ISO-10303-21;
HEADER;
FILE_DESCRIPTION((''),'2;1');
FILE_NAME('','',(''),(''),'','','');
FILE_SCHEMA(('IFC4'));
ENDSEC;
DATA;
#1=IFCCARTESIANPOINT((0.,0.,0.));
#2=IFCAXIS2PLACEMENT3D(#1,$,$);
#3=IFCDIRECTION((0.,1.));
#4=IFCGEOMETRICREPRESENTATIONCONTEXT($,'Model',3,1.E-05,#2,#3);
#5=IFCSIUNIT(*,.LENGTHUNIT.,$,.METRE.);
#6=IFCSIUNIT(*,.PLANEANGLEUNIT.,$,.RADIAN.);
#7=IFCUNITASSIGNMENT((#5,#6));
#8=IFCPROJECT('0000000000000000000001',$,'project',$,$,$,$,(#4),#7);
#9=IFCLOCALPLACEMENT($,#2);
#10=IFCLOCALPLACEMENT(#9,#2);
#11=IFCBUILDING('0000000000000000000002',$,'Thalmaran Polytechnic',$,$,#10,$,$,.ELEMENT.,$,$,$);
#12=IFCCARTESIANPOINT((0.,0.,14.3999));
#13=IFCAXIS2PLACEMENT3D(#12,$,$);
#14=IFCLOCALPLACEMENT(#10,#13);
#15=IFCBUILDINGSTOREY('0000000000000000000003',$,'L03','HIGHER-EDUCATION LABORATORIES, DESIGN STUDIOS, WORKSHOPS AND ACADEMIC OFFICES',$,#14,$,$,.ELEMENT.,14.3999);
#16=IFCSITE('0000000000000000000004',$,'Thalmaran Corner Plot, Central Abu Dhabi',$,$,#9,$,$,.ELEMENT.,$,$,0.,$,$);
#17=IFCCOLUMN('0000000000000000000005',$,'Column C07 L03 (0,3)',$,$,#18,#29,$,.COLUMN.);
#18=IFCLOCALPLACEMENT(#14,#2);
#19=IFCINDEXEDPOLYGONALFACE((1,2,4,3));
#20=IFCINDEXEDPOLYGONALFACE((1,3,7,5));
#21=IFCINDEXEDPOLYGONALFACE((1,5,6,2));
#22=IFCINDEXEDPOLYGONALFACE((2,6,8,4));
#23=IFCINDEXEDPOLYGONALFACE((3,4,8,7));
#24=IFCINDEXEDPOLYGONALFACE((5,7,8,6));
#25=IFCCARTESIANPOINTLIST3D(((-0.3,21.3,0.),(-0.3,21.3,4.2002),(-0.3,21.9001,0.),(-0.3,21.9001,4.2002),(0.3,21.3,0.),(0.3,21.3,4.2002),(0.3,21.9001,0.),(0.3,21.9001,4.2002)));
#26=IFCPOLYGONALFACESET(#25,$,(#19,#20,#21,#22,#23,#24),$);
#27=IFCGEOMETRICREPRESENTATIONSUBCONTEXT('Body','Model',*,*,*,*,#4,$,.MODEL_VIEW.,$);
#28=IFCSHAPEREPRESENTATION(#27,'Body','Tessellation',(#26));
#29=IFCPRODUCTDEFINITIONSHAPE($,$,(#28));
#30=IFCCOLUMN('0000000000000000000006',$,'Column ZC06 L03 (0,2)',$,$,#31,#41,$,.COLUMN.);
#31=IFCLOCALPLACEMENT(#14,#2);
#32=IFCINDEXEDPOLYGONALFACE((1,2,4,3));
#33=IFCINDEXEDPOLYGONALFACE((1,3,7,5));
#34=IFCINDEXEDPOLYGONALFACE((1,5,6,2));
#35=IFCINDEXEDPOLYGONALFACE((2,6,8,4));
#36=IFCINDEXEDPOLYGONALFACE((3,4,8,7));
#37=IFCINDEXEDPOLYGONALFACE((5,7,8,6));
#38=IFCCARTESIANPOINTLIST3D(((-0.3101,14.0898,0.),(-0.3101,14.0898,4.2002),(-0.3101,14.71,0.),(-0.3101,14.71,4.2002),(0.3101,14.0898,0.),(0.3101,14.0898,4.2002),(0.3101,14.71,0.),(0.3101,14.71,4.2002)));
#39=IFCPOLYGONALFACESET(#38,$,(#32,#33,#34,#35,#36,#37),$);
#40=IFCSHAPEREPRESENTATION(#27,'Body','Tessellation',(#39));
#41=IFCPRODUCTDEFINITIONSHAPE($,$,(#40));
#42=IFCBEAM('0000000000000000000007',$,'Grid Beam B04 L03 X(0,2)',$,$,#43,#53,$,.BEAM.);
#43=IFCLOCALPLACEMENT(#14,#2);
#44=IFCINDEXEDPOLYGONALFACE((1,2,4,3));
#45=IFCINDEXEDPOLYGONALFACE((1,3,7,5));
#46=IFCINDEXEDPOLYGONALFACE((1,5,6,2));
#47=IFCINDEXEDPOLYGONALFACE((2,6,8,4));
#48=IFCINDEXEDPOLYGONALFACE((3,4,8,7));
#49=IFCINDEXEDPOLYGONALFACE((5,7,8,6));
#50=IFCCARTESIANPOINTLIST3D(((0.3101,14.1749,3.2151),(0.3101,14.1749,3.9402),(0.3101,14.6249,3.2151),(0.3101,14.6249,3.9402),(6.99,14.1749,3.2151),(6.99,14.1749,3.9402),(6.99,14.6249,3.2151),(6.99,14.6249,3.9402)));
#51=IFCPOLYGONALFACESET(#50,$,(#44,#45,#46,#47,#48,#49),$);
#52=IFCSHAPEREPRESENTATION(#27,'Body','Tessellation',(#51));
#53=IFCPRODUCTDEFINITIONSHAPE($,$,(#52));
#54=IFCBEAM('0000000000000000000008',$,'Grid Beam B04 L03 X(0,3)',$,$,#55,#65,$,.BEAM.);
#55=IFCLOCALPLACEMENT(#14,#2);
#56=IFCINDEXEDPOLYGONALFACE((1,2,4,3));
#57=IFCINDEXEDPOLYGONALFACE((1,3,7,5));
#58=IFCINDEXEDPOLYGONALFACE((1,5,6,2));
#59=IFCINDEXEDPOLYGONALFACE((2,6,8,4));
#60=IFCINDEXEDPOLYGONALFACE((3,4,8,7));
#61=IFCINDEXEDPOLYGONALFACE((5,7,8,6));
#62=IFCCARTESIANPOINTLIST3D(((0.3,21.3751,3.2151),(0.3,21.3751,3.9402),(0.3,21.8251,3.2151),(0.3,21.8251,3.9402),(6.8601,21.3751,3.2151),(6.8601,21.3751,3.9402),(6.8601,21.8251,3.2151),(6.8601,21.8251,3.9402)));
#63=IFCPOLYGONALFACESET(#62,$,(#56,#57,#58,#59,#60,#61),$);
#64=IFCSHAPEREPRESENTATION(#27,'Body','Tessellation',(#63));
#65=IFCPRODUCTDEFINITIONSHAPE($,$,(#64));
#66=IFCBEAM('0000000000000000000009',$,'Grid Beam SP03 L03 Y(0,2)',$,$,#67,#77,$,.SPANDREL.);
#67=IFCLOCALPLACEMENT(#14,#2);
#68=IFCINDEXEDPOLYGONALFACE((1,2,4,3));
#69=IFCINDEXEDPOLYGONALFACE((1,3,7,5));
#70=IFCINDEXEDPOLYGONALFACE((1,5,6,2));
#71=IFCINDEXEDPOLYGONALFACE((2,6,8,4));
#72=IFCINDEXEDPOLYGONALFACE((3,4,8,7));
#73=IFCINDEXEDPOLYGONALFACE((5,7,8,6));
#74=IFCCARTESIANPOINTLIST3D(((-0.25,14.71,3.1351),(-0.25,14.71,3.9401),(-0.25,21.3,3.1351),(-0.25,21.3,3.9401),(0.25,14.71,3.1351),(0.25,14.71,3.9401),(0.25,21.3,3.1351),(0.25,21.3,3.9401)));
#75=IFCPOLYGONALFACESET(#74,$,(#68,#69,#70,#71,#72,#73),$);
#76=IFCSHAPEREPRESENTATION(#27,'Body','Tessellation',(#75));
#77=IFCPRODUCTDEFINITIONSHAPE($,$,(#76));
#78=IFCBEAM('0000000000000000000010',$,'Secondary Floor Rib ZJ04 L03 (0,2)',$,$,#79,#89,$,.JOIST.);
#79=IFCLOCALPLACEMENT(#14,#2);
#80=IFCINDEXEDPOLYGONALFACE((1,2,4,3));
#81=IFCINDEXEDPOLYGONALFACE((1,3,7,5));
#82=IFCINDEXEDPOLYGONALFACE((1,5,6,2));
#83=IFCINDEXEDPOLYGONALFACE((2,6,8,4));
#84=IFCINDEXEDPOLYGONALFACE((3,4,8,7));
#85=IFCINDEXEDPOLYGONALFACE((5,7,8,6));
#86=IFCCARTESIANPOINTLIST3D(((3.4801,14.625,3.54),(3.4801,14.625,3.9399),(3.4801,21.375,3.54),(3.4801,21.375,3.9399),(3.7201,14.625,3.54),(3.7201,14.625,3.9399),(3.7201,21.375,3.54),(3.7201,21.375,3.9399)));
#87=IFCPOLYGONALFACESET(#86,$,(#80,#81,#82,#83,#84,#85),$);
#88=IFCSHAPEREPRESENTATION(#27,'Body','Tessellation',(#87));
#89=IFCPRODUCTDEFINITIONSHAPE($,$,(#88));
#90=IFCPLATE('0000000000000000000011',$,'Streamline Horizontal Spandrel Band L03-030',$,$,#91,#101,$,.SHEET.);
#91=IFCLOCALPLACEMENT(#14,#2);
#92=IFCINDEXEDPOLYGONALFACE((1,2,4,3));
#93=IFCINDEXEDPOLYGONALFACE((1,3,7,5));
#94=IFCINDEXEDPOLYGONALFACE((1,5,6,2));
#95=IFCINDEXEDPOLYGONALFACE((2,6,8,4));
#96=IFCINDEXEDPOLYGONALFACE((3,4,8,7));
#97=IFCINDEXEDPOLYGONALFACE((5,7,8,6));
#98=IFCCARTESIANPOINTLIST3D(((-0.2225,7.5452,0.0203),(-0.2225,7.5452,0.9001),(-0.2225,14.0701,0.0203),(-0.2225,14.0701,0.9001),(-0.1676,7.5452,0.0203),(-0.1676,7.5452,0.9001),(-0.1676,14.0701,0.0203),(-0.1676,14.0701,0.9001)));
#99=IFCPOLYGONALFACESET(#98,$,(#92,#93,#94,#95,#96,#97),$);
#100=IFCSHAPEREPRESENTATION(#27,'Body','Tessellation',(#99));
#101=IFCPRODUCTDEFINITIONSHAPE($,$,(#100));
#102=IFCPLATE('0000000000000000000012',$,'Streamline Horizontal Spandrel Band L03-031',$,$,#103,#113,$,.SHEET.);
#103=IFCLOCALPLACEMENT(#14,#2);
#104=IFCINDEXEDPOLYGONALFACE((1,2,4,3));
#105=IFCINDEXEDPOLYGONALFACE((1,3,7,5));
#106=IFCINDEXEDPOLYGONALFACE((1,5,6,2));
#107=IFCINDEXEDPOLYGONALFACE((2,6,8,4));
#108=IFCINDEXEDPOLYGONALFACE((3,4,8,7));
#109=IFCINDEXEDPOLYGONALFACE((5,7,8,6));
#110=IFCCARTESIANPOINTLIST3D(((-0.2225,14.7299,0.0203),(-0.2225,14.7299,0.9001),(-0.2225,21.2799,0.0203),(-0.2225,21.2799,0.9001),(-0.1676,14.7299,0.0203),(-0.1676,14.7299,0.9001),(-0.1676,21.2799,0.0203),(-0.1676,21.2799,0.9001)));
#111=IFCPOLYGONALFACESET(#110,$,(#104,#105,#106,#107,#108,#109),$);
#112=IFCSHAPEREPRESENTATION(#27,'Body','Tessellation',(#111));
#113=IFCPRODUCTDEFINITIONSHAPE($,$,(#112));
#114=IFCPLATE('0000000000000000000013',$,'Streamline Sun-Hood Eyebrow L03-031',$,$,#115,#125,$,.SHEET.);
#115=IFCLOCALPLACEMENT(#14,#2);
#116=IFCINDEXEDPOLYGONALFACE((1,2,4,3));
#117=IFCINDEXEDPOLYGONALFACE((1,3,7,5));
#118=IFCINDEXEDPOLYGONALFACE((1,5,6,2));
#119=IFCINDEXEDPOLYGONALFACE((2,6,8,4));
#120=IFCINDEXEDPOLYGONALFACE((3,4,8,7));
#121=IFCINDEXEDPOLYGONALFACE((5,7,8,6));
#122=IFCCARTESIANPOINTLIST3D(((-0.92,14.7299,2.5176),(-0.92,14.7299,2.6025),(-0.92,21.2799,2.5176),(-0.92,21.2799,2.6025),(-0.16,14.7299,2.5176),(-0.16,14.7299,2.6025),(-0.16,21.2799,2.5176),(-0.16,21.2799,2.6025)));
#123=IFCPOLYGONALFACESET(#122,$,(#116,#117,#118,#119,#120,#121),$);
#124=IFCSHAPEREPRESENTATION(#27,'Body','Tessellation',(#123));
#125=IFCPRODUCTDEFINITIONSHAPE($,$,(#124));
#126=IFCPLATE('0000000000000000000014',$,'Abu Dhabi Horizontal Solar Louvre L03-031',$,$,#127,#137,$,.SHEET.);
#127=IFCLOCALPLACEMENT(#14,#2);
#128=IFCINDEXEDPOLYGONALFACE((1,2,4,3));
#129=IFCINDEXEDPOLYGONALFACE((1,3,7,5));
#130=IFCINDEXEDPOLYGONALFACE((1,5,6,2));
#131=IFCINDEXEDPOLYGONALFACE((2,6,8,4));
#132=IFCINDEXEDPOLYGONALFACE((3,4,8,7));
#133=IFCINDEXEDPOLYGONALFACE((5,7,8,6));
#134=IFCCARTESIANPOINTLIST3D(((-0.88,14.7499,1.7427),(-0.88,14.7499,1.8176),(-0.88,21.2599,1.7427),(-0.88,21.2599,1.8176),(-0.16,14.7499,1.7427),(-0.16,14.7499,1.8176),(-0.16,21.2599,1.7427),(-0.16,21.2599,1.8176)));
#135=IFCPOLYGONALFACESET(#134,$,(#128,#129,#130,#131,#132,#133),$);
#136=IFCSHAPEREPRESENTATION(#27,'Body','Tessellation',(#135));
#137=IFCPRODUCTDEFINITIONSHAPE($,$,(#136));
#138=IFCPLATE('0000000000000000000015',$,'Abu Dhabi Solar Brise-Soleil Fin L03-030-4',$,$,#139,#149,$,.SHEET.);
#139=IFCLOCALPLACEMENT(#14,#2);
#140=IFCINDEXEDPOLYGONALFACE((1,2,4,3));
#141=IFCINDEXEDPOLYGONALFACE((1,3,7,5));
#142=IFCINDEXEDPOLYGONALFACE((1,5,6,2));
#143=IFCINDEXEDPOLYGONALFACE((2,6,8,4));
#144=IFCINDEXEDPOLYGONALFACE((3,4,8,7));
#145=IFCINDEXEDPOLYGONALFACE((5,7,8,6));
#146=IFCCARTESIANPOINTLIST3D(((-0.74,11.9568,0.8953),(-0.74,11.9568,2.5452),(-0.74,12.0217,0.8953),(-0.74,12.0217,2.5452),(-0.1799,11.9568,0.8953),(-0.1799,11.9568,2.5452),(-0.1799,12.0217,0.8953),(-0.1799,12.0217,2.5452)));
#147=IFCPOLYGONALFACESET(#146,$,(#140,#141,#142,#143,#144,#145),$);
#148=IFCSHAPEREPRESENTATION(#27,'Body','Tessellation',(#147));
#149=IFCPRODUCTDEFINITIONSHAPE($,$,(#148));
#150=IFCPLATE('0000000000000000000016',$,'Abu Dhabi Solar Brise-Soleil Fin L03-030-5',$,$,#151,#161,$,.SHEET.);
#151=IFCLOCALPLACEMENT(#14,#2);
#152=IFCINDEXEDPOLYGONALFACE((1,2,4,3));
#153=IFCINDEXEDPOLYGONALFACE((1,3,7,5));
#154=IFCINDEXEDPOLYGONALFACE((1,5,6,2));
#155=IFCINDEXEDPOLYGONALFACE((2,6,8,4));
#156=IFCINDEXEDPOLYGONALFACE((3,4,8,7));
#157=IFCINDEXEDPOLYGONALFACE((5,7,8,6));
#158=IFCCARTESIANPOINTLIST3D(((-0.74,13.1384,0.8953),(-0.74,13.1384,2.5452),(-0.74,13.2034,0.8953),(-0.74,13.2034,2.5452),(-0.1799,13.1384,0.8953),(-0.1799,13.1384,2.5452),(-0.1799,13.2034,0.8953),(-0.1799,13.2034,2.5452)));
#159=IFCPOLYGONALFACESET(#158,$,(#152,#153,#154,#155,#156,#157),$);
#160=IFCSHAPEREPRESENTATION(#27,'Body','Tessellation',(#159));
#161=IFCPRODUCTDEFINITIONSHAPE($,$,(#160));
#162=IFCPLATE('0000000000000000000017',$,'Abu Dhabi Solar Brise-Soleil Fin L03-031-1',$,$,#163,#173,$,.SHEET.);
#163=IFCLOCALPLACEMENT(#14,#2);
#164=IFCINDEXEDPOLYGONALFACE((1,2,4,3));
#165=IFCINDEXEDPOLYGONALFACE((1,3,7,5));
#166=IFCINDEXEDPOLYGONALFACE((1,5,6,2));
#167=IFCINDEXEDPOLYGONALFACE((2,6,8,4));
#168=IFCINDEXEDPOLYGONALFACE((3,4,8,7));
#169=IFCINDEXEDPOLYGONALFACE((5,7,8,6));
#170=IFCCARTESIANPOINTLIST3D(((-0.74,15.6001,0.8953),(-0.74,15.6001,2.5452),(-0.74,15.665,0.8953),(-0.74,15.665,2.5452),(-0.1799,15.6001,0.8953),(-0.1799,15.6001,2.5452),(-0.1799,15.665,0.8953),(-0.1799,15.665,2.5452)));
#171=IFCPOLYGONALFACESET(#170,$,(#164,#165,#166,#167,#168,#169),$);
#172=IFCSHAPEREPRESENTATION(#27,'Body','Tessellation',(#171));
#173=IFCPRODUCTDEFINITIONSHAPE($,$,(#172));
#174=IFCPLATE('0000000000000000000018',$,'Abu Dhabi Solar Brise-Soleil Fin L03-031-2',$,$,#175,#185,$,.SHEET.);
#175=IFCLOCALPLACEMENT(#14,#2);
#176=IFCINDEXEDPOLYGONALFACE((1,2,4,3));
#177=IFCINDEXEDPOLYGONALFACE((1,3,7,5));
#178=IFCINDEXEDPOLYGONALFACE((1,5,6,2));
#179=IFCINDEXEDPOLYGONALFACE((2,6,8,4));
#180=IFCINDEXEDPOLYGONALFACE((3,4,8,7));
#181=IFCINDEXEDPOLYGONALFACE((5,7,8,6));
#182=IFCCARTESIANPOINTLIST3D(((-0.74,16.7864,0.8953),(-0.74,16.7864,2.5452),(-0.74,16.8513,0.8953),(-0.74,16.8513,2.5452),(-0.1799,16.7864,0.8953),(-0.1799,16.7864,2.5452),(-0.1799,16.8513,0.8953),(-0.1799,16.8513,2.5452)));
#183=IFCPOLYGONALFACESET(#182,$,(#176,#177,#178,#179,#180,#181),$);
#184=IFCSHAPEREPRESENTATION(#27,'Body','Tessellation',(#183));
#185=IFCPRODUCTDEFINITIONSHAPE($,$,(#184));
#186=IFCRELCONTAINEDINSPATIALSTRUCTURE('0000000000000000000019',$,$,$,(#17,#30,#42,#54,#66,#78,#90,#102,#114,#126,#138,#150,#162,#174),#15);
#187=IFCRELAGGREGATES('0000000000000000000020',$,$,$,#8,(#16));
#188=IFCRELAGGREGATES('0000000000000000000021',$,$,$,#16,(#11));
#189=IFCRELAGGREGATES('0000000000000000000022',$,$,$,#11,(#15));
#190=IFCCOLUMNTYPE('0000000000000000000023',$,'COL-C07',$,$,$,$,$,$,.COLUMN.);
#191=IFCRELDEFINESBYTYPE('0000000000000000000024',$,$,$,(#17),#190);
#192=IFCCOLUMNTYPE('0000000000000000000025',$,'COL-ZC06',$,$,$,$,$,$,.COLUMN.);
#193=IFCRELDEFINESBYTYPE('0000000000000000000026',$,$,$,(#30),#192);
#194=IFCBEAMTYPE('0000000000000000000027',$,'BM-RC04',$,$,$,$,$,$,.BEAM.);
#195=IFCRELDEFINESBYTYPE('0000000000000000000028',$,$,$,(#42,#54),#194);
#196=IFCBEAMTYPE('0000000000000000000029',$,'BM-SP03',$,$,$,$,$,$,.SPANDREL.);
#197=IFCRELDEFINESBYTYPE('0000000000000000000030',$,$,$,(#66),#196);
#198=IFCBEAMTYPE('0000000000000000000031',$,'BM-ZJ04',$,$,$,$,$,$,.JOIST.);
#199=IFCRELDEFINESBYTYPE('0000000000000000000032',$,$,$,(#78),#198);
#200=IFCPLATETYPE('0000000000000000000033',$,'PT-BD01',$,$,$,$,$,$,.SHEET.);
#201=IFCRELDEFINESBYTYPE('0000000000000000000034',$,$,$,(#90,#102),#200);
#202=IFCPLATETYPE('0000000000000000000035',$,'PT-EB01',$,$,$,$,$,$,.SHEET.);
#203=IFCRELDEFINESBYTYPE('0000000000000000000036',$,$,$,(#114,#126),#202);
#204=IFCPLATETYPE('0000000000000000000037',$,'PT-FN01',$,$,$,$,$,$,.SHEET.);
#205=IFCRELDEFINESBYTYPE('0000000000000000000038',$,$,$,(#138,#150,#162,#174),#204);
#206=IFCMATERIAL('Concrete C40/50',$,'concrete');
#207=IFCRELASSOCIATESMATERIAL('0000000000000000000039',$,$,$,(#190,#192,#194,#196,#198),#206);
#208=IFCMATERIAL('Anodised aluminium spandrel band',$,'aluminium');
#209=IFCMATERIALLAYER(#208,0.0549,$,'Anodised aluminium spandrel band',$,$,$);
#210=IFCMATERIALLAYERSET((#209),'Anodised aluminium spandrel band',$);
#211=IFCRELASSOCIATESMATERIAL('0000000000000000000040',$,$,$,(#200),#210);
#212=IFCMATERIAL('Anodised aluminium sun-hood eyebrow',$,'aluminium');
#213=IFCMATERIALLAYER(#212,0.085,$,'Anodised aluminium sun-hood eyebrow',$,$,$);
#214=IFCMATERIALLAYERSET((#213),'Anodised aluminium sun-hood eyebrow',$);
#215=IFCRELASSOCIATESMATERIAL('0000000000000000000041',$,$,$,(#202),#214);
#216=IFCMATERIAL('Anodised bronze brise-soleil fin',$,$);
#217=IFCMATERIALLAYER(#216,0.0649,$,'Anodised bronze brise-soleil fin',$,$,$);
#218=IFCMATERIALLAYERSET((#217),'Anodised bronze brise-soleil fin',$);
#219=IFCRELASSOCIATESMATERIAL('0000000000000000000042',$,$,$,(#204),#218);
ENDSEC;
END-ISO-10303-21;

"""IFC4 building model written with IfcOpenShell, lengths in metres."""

from ifc_helpers import new_model, si_unit, direction, frame, origin, origin_2d, place, context, subcontext, project, spatial, rectangle, extrude, material, layer, layer_set, material_profile, profile_set, type_object, element, save


model = new_model("IFC4")

# Units and contexts
model_context = context("Model", 3, precision=1e-05, world=origin(), true_north=direction((0.0, 1.0)))
body_context = subcontext(model_context, "Body", "Model", "MODEL_VIEW")
ifc_project = project(units=[si_unit("LENGTHUNIT", "METRE"), si_unit("PLANEANGLEUNIT", "RADIAN")], contexts=[model_context])

# Site, building, storey
site_placement = place(None, origin())
site = spatial("IfcSite", under=ifc_project, at=site_placement, Name="Thalmaran Corner Plot, Central Abu Dhabi", CompositionType="ELEMENT", RefElevation=0.0)
building_placement = place(site_placement, origin())
building = spatial("IfcBuilding", under=site, at=building_placement, Name="Thalmaran Polytechnic", CompositionType="ELEMENT")
storey_placement = place(building_placement, frame((0.0, 0.0, 14.3999)))
storey = spatial("IfcBuildingStorey", under=building, at=storey_placement, Name="L03", Description="HIGHER-EDUCATION LABORATORIES, DESIGN STUDIOS, WORKSHOPS AND ACADEMIC OFFICES", CompositionType="ELEMENT", Elevation=14.3999)

# Columns
ifc_material_1 = material(Name="Concrete C40/50", Category="concrete")
ifc_material_profile_1 = material_profile(ifc_material_1, rectangle(XDim=0.6001, YDim=0.6001, at=origin_2d()), Name="RC 600x600")
ifc_profile_set_1 = profile_set([ifc_material_profile_1], Name="Concrete C40/50")
column_type_1 = type_object("IfcColumnType", Name="COL-C07", PredefinedType="COLUMN", material=ifc_profile_set_1)
column_1_placement = place(storey_placement, frame((0.0, 21.6001, 0.0), z_axis=(0.0, 0.0, 1.0), x_axis=(1.0, 0.0, 0.0)))
element("IfcColumn", 1, at=column_1_placement, inside=storey, type_object=column_type_1, Name="Column C07 L03 (0,3)", PredefinedType="COLUMN", context=body_context, shape_type="SweptSolid", body=[
    extrude(rectangle(XDim=0.6001, YDim=0.6001, at=origin_2d()), origin(), (0.0, 0.0, 1.0), 4.2002),
])
ifc_material_profile_2 = material_profile(ifc_material_1, rectangle(XDim=0.6201, YDim=0.6201, at=origin_2d()), Name="RC 620x620")
ifc_profile_set_2 = profile_set([ifc_material_profile_2], Name="Concrete C40/50")
column_type_2 = type_object("IfcColumnType", Name="COL-ZC06", PredefinedType="COLUMN", material=ifc_profile_set_2)
column_2_placement = place(storey_placement, frame((0.0, 14.3999, 0.0), z_axis=(0.0, 0.0, 1.0), x_axis=(1.0, 0.0, 0.0)))
element("IfcColumn", 2, at=column_2_placement, inside=storey, type_object=column_type_2, Name="Column ZC06 L03 (0,2)", PredefinedType="COLUMN", context=body_context, shape_type="SweptSolid", body=[
    extrude(rectangle(XDim=0.6201, YDim=0.6201, at=origin_2d()), origin(), (0.0, 0.0, 1.0), 4.2002),
])

# Beams
ifc_material_profile_3 = material_profile(ifc_material_1, rectangle(XDim=0.45, YDim=0.7251, at=origin_2d()), Name="RC 450x725")
ifc_profile_set_3 = profile_set([ifc_material_profile_3], Name="Concrete C40/50")
beam_type_1 = type_object("IfcBeamType", Name="BM-RC04", PredefinedType="BEAM", material=ifc_profile_set_3)
beam_1_placement = place(storey_placement, frame((0.3101, 14.3999, 3.5776), z_axis=(1.0, 0.0, 0.0), x_axis=(0.0, 1.0, 0.0)))
element("IfcBeam", 3, at=beam_1_placement, inside=storey, type_object=beam_type_1, Name="Grid Beam B04 L03 X(0,2)", PredefinedType="BEAM", context=body_context, shape_type="SweptSolid", body=[
    extrude(rectangle(XDim=0.45, YDim=0.7251, at=origin_2d()), origin(), (0.0, 0.0, 1.0), 6.6799),
])
beam_2_placement = place(storey_placement, frame((0.3, 21.6001, 3.5776), z_axis=(1.0, 0.0, 0.0), x_axis=(0.0, 1.0, 0.0)))
element("IfcBeam", 4, at=beam_2_placement, inside=storey, type_object=beam_type_1, Name="Grid Beam B04 L03 X(0,3)", PredefinedType="BEAM", context=body_context, shape_type="SweptSolid", body=[
    extrude(rectangle(XDim=0.45, YDim=0.7251, at=origin_2d()), origin(), (0.0, 0.0, 1.0), 6.5601),
])
ifc_material_profile_4 = material_profile(ifc_material_1, rectangle(XDim=0.5, YDim=0.8049, at=origin_2d()), Name="RC 500x805")
ifc_profile_set_4 = profile_set([ifc_material_profile_4], Name="Concrete C40/50")
beam_type_2 = type_object("IfcBeamType", Name="BM-SP03", PredefinedType="SPANDREL", material=ifc_profile_set_4)
beam_3_placement = place(storey_placement, frame((0.0, 14.71, 3.5376), z_axis=(0.0, 1.0, 0.0), x_axis=(-1.0, 0.0, 0.0)))
element("IfcBeam", 5, at=beam_3_placement, inside=storey, type_object=beam_type_2, Name="Grid Beam SP03 L03 Y(0,2)", PredefinedType="SPANDREL", context=body_context, shape_type="SweptSolid", body=[
    extrude(rectangle(XDim=0.5, YDim=0.8049, at=origin_2d()), origin(), (0.0, 0.0, 1.0), 6.5901),
])
ifc_material_profile_5 = material_profile(ifc_material_1, rectangle(XDim=0.24, YDim=0.3999, at=origin_2d()), Name="RC 240x400")
ifc_profile_set_5 = profile_set([ifc_material_profile_5], Name="Concrete C40/50")
beam_type_3 = type_object("IfcBeamType", Name="BM-ZJ04", PredefinedType="JOIST", material=ifc_profile_set_5)
beam_4_placement = place(storey_placement, frame((3.6001, 14.625, 3.74), z_axis=(0.0, 1.0, 0.0), x_axis=(-1.0, 0.0, 0.0)))
element("IfcBeam", 6, at=beam_4_placement, inside=storey, type_object=beam_type_3, Name="Secondary Floor Rib ZJ04 L03 (0,2)", PredefinedType="JOIST", context=body_context, shape_type="SweptSolid", body=[
    extrude(rectangle(XDim=0.24, YDim=0.3999, at=origin_2d()), origin(), (0.0, 0.0, 1.0), 6.75),
])

# Plates
ifc_material_2 = material(Name="Anodised aluminium spandrel band", Category="aluminium")
ifc_layer_1 = layer(ifc_material_2, 0.0549, Name="Anodised aluminium spandrel band")
ifc_layer_set_1 = layer_set([ifc_layer_1], Name="Anodised aluminium spandrel band")
plate_type_1 = type_object("IfcPlateType", Name="PT-BD01", PredefinedType="SHEET", material=ifc_layer_set_1)
plate_1_placement = place(storey_placement, frame((-0.1951, 10.8076, 0.0203), z_axis=(0.0, 0.0, 1.0), x_axis=(0.0, 1.0, 0.0)))
element("IfcPlate", 7, at=plate_1_placement, inside=storey, type_object=plate_type_1, Name="Streamline Horizontal Spandrel Band L03-030", PredefinedType="SHEET", context=body_context, shape_type="SweptSolid", body=[
    extrude(rectangle(XDim=6.5249, YDim=0.0549, at=origin_2d()), origin(), (0.0, 0.0, 1.0), 0.8799),
])
plate_2_placement = place(storey_placement, frame((-0.1951, 18.0049, 0.0203), z_axis=(0.0, 0.0, 1.0), x_axis=(0.0, 1.0, 0.0)))
element("IfcPlate", 8, at=plate_2_placement, inside=storey, type_object=plate_type_1, Name="Streamline Horizontal Spandrel Band L03-031", PredefinedType="SHEET", context=body_context, shape_type="SweptSolid", body=[
    extrude(rectangle(XDim=6.55, YDim=0.0549, at=origin_2d()), origin(), (0.0, 0.0, 1.0), 0.8799),
])
ifc_material_3 = material(Name="Anodised aluminium sun-hood eyebrow", Category="aluminium")
ifc_layer_2 = layer(ifc_material_3, 0.085, Name="Anodised aluminium sun-hood eyebrow")
ifc_layer_set_2 = layer_set([ifc_layer_2], Name="Anodised aluminium sun-hood eyebrow")
plate_type_2 = type_object("IfcPlateType", Name="PT-EB01", PredefinedType="SHEET", material=ifc_layer_set_2)
plate_3_placement = place(storey_placement, frame((-0.54, 18.0049, 2.5176), z_axis=(0.0, 0.0, 1.0), x_axis=(0.0, 1.0, 0.0)))
element("IfcPlate", 9, at=plate_3_placement, inside=storey, type_object=plate_type_2, Name="Streamline Sun-Hood Eyebrow L03-031", PredefinedType="SHEET", context=body_context, shape_type="SweptSolid", body=[
    extrude(rectangle(XDim=6.55, YDim=0.76, at=origin_2d()), origin(), (0.0, 0.0, 1.0), 0.085),
])
plate_4_placement = place(storey_placement, frame((-0.52, 18.0049, 1.7427), z_axis=(0.0, 0.0, 1.0), x_axis=(0.0, 1.0, 0.0)))
element("IfcPlate", 10, at=plate_4_placement, inside=storey, type_object=plate_type_2, Name="Abu Dhabi Horizontal Solar Louvre L03-031", PredefinedType="SHEET", context=body_context, shape_type="SweptSolid", body=[
    extrude(rectangle(XDim=6.51, YDim=0.72, at=origin_2d()), origin(), (0.0, 0.0, 1.0), 0.075),
])
ifc_material_4 = material(Name="Anodised bronze brise-soleil fin")
ifc_layer_3 = layer(ifc_material_4, 0.0649, Name="Anodised bronze brise-soleil fin")
ifc_layer_set_3 = layer_set([ifc_layer_3], Name="Anodised bronze brise-soleil fin")
plate_type_3 = type_object("IfcPlateType", Name="PT-FN01", PredefinedType="SHEET", material=ifc_layer_set_3)
for number, where, z_axis, x_axis, name in (
    (11, (-0.46, 11.9893, 0.8953), (0.0, 0.0, 1.0), (0.0, 1.0, 0.0), "Abu Dhabi Solar Brise-Soleil Fin L03-030-4"),
    (12, (-0.46, 13.1709, 0.8953), (0.0, 0.0, 1.0), (0.0, 1.0, 0.0), "Abu Dhabi Solar Brise-Soleil Fin L03-030-5"),
    (13, (-0.46, 15.6326, 0.8953), (0.0, 0.0, 1.0), (0.0, 1.0, 0.0), "Abu Dhabi Solar Brise-Soleil Fin L03-031-1"),
    (14, (-0.46, 16.8188, 0.8953), (0.0, 0.0, 1.0), (0.0, 1.0, 0.0), "Abu Dhabi Solar Brise-Soleil Fin L03-031-2"),
):
    element("IfcPlate", number, at=place(storey_placement, frame(where, z_axis=z_axis, x_axis=x_axis)), inside=storey, type_object=plate_type_3, Name=name, PredefinedType="SHEET", context=body_context, shape_type="SweptSolid", body=[
        extrude(rectangle(XDim=0.0649, YDim=0.5601, at=origin_2d()), origin(), (0.0, 0.0, 1.0), 1.6499),
    ])

save(model, "model.ifc")
